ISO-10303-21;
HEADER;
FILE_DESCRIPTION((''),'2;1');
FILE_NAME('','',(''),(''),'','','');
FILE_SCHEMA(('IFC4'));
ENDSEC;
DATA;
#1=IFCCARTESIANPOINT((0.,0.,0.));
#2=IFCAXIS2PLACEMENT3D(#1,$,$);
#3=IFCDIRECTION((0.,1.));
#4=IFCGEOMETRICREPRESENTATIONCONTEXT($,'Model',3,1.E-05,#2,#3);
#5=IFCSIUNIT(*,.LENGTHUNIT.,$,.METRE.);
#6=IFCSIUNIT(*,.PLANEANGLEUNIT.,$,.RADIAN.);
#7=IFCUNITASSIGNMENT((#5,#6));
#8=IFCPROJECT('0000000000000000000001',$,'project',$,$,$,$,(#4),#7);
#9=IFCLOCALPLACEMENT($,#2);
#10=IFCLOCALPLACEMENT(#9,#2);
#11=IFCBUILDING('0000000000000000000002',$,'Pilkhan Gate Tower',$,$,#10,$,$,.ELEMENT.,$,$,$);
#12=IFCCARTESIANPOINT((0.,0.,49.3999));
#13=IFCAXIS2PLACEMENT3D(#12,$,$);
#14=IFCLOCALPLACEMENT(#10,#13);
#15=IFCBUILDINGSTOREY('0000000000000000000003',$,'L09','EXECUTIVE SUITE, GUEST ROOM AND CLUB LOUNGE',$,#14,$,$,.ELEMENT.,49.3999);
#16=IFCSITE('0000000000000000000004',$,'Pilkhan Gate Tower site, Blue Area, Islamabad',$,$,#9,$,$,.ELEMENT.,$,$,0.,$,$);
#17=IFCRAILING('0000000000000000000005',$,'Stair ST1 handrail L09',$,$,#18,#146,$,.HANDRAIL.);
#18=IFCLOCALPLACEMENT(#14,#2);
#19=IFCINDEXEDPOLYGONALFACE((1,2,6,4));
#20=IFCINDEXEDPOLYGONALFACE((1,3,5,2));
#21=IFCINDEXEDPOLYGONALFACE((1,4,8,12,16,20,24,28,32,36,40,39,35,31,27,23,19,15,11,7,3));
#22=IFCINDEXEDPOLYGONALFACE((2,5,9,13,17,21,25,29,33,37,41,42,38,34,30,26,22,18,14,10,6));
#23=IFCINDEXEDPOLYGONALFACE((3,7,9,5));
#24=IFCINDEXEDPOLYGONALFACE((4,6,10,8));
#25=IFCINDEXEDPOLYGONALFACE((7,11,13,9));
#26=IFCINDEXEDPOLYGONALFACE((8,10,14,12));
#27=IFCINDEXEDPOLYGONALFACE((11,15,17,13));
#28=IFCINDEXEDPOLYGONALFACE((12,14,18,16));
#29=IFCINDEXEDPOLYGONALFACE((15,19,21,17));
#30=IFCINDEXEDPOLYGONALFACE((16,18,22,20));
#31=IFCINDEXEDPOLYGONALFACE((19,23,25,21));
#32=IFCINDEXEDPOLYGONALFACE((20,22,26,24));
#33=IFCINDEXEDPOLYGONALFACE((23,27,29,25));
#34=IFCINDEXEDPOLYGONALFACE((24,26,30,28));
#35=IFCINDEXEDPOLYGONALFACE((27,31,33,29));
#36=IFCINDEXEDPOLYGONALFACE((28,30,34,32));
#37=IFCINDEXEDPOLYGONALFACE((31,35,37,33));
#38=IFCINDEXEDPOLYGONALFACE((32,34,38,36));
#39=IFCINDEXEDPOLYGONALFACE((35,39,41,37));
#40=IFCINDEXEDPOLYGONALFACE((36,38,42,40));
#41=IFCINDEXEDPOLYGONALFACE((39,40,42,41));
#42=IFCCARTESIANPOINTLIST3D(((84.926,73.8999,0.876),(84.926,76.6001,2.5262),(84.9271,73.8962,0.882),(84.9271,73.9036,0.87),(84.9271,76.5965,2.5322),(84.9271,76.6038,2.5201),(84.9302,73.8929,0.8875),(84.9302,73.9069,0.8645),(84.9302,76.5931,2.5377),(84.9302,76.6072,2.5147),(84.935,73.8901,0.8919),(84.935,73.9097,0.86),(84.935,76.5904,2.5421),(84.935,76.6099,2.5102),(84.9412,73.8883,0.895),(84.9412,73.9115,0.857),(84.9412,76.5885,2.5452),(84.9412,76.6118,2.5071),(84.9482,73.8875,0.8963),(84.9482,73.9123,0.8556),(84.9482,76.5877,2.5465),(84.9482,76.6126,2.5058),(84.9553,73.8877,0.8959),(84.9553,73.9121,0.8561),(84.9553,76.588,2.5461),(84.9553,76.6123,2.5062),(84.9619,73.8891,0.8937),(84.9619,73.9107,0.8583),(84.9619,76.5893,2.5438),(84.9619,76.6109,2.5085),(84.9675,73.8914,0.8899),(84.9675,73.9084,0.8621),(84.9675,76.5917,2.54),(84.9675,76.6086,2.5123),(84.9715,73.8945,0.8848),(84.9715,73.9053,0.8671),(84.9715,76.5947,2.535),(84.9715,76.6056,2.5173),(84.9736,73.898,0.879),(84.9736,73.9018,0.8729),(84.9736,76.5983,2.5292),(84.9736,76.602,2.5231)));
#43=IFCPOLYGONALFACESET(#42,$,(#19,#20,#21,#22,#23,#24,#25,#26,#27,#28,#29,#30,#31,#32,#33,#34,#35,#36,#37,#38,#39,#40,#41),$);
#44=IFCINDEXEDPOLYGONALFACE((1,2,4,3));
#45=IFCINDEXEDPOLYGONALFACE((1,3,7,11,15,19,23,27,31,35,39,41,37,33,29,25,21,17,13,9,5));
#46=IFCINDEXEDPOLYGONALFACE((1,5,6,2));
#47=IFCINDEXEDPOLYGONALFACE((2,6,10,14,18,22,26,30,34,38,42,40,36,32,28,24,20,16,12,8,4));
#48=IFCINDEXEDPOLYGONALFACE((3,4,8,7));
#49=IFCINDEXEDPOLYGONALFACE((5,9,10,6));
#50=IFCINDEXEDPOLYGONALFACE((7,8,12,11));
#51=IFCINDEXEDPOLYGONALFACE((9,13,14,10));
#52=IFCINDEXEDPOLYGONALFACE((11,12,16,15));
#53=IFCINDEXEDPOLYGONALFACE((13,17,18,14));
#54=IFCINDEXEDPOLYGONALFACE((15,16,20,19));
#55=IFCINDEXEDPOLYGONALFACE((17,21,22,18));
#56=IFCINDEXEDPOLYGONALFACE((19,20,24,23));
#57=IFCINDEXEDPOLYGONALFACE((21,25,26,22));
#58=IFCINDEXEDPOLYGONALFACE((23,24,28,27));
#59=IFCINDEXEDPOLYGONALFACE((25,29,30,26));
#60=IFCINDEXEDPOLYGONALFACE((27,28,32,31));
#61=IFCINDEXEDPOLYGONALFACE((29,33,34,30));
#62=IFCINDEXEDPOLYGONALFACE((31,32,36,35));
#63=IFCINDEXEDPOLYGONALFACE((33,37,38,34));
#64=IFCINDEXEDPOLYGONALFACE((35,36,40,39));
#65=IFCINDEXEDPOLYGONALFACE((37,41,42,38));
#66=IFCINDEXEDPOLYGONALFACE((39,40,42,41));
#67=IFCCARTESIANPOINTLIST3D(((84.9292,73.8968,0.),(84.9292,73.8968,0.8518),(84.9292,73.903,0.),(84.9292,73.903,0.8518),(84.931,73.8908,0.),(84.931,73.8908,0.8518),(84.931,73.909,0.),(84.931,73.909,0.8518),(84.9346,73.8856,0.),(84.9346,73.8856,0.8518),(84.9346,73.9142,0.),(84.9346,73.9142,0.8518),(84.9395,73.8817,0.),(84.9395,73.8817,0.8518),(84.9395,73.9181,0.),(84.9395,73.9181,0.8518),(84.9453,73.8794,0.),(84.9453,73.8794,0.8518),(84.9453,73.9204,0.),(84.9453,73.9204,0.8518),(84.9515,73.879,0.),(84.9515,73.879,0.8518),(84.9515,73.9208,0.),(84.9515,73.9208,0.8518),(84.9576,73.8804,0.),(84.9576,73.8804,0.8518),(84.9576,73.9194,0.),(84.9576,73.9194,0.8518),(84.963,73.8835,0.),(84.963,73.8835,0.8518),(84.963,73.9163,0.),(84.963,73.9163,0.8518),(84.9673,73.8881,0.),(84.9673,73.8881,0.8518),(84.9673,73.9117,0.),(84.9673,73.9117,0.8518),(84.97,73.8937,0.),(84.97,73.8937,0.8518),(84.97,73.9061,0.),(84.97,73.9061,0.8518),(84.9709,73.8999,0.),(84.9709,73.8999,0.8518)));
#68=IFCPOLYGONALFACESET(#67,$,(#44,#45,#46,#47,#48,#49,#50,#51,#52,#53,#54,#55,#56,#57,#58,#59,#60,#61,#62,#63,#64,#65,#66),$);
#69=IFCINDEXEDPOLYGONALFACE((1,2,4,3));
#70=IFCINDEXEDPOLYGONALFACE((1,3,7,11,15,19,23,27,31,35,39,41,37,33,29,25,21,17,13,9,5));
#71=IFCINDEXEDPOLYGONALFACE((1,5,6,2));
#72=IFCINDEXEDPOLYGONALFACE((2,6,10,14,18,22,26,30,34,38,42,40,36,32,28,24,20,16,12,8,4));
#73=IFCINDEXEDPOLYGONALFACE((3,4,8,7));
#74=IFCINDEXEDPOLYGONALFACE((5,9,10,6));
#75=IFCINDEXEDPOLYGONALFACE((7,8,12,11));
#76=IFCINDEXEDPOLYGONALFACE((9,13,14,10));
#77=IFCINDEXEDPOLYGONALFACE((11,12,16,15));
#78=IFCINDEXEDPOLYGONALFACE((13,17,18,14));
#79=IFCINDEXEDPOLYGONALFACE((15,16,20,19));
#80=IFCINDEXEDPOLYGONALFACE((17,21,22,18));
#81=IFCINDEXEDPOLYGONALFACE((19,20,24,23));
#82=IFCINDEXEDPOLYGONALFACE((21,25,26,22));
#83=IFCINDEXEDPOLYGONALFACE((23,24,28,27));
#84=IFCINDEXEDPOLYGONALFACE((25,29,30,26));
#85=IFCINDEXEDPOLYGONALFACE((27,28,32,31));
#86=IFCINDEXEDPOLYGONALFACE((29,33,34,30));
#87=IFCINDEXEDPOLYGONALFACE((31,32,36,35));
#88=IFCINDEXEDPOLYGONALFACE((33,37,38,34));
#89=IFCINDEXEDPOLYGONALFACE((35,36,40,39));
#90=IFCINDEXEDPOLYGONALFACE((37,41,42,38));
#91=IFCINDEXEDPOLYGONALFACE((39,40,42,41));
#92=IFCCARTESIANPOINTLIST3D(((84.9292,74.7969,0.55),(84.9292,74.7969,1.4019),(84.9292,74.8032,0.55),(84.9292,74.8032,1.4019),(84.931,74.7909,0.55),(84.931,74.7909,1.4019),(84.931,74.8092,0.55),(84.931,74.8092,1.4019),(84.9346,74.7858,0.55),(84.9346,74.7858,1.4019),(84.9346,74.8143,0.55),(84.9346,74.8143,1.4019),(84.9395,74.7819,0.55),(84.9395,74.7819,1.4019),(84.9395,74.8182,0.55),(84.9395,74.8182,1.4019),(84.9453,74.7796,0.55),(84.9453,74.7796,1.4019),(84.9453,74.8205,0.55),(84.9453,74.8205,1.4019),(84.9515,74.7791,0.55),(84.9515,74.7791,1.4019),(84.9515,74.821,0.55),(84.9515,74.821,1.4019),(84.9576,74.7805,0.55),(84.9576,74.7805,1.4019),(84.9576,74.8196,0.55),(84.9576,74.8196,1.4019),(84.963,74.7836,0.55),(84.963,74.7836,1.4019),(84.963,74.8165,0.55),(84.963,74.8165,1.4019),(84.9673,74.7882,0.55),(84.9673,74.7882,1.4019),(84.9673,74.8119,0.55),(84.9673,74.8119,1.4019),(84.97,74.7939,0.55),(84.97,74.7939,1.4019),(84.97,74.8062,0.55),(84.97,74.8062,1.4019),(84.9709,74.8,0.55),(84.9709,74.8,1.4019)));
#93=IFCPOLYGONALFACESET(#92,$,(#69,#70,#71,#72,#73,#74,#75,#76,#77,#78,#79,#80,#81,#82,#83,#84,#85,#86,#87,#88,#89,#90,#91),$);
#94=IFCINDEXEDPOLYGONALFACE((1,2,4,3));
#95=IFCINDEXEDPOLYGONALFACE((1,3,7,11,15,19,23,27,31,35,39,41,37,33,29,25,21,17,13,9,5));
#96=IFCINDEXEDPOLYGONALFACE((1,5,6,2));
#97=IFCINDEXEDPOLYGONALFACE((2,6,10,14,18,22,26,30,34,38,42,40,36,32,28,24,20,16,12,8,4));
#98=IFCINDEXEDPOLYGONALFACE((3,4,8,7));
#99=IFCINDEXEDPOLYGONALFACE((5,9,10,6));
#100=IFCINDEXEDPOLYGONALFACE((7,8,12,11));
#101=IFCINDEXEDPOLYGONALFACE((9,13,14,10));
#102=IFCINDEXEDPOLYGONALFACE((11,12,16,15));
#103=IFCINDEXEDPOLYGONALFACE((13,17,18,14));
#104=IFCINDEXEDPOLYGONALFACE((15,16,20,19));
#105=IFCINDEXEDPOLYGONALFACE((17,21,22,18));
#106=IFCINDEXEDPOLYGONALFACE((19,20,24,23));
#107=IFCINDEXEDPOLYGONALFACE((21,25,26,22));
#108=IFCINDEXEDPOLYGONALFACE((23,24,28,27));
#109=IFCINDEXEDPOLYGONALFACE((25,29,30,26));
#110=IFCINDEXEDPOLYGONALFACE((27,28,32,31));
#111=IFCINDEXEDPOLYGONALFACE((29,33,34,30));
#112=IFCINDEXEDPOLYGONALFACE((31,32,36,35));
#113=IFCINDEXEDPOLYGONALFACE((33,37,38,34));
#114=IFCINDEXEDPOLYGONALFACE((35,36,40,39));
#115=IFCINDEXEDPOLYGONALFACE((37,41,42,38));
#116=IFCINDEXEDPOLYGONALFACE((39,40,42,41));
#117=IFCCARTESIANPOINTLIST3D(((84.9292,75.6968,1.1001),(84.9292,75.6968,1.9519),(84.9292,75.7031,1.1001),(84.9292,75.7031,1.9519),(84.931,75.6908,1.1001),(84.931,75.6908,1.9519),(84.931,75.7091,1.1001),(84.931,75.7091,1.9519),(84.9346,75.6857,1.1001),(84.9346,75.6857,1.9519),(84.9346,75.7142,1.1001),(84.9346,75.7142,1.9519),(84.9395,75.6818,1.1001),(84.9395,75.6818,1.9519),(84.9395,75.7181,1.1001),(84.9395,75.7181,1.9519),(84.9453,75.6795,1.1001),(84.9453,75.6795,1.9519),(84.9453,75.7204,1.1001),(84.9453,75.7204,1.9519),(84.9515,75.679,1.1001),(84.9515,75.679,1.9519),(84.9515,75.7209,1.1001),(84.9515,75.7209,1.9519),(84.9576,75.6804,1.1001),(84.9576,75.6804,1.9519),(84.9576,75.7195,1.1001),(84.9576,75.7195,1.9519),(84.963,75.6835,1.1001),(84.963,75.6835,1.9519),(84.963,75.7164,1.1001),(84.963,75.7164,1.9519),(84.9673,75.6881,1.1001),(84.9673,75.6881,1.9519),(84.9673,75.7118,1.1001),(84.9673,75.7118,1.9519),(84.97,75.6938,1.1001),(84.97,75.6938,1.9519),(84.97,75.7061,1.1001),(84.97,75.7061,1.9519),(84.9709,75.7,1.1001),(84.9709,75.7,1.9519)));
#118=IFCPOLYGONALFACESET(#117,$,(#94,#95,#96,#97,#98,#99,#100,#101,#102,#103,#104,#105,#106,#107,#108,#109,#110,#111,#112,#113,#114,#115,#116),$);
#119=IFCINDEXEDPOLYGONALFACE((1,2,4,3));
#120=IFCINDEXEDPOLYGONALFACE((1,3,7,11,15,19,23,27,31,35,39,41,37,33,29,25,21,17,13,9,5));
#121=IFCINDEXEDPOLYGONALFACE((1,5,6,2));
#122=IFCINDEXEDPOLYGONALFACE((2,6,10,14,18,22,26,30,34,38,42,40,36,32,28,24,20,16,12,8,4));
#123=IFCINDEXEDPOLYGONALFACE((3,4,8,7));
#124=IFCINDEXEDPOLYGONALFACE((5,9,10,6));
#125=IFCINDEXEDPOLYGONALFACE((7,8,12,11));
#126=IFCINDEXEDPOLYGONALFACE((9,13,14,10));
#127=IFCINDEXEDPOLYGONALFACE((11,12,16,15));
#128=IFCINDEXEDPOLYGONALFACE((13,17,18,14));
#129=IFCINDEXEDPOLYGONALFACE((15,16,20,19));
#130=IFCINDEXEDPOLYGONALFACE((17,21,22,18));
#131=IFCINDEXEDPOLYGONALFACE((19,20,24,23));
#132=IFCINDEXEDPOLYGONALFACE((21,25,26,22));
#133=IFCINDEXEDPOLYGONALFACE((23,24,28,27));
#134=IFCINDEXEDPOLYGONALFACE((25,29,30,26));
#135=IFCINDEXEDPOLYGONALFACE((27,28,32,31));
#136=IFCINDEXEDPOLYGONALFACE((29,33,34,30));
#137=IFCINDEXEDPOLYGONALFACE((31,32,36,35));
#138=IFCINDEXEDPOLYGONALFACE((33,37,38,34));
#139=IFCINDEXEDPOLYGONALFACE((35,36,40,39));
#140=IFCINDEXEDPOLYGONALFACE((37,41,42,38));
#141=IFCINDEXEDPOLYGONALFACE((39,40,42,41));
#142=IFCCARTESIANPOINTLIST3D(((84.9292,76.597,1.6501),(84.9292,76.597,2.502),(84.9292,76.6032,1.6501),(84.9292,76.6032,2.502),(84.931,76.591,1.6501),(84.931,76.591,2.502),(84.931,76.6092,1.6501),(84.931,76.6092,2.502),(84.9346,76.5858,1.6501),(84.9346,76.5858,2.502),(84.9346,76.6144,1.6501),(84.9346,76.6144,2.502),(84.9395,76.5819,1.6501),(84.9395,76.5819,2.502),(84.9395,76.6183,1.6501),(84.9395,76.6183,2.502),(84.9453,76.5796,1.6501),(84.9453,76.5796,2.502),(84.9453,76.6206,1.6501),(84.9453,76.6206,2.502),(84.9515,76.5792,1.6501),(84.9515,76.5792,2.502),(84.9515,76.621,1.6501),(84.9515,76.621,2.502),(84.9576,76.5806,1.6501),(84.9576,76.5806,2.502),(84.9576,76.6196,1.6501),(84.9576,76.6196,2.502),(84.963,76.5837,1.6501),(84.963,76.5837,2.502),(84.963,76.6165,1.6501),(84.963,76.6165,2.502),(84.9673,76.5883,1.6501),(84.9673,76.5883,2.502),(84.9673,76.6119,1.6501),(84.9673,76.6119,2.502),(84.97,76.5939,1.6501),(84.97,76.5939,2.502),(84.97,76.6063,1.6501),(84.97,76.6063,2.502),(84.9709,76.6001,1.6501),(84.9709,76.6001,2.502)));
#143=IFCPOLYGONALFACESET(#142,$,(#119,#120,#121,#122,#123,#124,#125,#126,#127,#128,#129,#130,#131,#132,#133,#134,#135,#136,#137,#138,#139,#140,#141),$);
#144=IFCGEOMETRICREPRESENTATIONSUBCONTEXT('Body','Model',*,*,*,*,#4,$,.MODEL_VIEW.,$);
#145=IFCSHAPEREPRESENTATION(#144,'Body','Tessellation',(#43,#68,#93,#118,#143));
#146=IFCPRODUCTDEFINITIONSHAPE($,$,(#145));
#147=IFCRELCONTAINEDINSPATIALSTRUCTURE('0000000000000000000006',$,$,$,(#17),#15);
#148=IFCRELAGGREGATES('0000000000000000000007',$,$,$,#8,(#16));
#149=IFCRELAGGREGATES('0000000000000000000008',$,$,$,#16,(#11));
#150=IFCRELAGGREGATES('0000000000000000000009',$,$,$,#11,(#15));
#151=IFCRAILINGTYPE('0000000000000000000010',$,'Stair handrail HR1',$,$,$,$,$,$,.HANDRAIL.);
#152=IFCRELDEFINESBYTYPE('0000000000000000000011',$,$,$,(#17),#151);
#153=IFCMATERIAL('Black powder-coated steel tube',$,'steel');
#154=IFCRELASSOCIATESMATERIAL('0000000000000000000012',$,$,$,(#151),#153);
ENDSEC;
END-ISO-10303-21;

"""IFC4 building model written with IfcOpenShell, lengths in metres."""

from ifc_helpers import new_model, si_unit, direction, frame, origin, origin_2d, place, context, subcontext, project, spatial, circle, extrude, material, type_object, element, save


model = new_model("IFC4")

# Units and contexts
model_context = context("Model", 3, precision=1e-05, world=origin(), true_north=direction((0.0, 1.0)))
body_context = subcontext(model_context, "Body", "Model", "MODEL_VIEW")
ifc_project = project(units=[si_unit("LENGTHUNIT", "METRE"), si_unit("PLANEANGLEUNIT", "RADIAN")], contexts=[model_context])

# Site, building, storey
site_placement = place(None, origin())
site = spatial("IfcSite", under=ifc_project, at=site_placement, Name="Pilkhan Gate Tower site, Blue Area, Islamabad", CompositionType="ELEMENT", RefElevation=0.0)
building_placement = place(site_placement, origin())
building = spatial("IfcBuilding", under=site, at=building_placement, Name="Pilkhan Gate Tower", CompositionType="ELEMENT")
storey_placement = place(building_placement, frame((0.0, 0.0, 49.3999)))
storey = spatial("IfcBuildingStorey", under=building, at=storey_placement, Name="L09", Description="EXECUTIVE SUITE, GUEST ROOM AND CLUB LOUNGE", CompositionType="ELEMENT", Elevation=49.3999)

# Railing
ifc_material_1 = material(Name="Black powder-coated steel tube", Category="steel")
railing_type_1 = type_object("IfcRailingType", Name="Stair handrail HR1", PredefinedType="HANDRAIL", material=ifc_material_1)
railing_1_placement = place(storey_placement, frame((84.95, 73.8999, 0.0)))
element("IfcRailing", 1, at=railing_1_placement, inside=storey, type_object=railing_type_1, Name="Stair ST1 handrail L09", PredefinedType="HANDRAIL", context=body_context, shape_type="SweptSolid", body=[
    extrude(circle(Radius=0.0239, at=origin_2d()), frame((0.0, 0.0, 0.876), z_axis=(0.0, 0.853278, 0.521456), x_axis=(-1.0, 0.0, 0.0)), (0.0, 0.0, 1.0), 3.1646),
    extrude(circle(Radius=0.021, at=origin_2d()), origin(), (0.0, 0.0, 1.0), 0.8518),
    extrude(circle(Radius=0.021, at=origin_2d()), frame((0.0, 0.9001, 0.55)), (0.0, 0.0, 1.0), 0.8518),
    extrude(circle(Radius=0.021, at=origin_2d()), frame((0.0, 1.8, 1.1001)), (0.0, 0.0, 1.0), 0.8518),
    extrude(circle(Radius=0.021, at=origin_2d()), frame((0.0, 2.7002, 1.6501)), (0.0, 0.0, 1.0), 0.8518),
])

save(model, "model.ifc")
